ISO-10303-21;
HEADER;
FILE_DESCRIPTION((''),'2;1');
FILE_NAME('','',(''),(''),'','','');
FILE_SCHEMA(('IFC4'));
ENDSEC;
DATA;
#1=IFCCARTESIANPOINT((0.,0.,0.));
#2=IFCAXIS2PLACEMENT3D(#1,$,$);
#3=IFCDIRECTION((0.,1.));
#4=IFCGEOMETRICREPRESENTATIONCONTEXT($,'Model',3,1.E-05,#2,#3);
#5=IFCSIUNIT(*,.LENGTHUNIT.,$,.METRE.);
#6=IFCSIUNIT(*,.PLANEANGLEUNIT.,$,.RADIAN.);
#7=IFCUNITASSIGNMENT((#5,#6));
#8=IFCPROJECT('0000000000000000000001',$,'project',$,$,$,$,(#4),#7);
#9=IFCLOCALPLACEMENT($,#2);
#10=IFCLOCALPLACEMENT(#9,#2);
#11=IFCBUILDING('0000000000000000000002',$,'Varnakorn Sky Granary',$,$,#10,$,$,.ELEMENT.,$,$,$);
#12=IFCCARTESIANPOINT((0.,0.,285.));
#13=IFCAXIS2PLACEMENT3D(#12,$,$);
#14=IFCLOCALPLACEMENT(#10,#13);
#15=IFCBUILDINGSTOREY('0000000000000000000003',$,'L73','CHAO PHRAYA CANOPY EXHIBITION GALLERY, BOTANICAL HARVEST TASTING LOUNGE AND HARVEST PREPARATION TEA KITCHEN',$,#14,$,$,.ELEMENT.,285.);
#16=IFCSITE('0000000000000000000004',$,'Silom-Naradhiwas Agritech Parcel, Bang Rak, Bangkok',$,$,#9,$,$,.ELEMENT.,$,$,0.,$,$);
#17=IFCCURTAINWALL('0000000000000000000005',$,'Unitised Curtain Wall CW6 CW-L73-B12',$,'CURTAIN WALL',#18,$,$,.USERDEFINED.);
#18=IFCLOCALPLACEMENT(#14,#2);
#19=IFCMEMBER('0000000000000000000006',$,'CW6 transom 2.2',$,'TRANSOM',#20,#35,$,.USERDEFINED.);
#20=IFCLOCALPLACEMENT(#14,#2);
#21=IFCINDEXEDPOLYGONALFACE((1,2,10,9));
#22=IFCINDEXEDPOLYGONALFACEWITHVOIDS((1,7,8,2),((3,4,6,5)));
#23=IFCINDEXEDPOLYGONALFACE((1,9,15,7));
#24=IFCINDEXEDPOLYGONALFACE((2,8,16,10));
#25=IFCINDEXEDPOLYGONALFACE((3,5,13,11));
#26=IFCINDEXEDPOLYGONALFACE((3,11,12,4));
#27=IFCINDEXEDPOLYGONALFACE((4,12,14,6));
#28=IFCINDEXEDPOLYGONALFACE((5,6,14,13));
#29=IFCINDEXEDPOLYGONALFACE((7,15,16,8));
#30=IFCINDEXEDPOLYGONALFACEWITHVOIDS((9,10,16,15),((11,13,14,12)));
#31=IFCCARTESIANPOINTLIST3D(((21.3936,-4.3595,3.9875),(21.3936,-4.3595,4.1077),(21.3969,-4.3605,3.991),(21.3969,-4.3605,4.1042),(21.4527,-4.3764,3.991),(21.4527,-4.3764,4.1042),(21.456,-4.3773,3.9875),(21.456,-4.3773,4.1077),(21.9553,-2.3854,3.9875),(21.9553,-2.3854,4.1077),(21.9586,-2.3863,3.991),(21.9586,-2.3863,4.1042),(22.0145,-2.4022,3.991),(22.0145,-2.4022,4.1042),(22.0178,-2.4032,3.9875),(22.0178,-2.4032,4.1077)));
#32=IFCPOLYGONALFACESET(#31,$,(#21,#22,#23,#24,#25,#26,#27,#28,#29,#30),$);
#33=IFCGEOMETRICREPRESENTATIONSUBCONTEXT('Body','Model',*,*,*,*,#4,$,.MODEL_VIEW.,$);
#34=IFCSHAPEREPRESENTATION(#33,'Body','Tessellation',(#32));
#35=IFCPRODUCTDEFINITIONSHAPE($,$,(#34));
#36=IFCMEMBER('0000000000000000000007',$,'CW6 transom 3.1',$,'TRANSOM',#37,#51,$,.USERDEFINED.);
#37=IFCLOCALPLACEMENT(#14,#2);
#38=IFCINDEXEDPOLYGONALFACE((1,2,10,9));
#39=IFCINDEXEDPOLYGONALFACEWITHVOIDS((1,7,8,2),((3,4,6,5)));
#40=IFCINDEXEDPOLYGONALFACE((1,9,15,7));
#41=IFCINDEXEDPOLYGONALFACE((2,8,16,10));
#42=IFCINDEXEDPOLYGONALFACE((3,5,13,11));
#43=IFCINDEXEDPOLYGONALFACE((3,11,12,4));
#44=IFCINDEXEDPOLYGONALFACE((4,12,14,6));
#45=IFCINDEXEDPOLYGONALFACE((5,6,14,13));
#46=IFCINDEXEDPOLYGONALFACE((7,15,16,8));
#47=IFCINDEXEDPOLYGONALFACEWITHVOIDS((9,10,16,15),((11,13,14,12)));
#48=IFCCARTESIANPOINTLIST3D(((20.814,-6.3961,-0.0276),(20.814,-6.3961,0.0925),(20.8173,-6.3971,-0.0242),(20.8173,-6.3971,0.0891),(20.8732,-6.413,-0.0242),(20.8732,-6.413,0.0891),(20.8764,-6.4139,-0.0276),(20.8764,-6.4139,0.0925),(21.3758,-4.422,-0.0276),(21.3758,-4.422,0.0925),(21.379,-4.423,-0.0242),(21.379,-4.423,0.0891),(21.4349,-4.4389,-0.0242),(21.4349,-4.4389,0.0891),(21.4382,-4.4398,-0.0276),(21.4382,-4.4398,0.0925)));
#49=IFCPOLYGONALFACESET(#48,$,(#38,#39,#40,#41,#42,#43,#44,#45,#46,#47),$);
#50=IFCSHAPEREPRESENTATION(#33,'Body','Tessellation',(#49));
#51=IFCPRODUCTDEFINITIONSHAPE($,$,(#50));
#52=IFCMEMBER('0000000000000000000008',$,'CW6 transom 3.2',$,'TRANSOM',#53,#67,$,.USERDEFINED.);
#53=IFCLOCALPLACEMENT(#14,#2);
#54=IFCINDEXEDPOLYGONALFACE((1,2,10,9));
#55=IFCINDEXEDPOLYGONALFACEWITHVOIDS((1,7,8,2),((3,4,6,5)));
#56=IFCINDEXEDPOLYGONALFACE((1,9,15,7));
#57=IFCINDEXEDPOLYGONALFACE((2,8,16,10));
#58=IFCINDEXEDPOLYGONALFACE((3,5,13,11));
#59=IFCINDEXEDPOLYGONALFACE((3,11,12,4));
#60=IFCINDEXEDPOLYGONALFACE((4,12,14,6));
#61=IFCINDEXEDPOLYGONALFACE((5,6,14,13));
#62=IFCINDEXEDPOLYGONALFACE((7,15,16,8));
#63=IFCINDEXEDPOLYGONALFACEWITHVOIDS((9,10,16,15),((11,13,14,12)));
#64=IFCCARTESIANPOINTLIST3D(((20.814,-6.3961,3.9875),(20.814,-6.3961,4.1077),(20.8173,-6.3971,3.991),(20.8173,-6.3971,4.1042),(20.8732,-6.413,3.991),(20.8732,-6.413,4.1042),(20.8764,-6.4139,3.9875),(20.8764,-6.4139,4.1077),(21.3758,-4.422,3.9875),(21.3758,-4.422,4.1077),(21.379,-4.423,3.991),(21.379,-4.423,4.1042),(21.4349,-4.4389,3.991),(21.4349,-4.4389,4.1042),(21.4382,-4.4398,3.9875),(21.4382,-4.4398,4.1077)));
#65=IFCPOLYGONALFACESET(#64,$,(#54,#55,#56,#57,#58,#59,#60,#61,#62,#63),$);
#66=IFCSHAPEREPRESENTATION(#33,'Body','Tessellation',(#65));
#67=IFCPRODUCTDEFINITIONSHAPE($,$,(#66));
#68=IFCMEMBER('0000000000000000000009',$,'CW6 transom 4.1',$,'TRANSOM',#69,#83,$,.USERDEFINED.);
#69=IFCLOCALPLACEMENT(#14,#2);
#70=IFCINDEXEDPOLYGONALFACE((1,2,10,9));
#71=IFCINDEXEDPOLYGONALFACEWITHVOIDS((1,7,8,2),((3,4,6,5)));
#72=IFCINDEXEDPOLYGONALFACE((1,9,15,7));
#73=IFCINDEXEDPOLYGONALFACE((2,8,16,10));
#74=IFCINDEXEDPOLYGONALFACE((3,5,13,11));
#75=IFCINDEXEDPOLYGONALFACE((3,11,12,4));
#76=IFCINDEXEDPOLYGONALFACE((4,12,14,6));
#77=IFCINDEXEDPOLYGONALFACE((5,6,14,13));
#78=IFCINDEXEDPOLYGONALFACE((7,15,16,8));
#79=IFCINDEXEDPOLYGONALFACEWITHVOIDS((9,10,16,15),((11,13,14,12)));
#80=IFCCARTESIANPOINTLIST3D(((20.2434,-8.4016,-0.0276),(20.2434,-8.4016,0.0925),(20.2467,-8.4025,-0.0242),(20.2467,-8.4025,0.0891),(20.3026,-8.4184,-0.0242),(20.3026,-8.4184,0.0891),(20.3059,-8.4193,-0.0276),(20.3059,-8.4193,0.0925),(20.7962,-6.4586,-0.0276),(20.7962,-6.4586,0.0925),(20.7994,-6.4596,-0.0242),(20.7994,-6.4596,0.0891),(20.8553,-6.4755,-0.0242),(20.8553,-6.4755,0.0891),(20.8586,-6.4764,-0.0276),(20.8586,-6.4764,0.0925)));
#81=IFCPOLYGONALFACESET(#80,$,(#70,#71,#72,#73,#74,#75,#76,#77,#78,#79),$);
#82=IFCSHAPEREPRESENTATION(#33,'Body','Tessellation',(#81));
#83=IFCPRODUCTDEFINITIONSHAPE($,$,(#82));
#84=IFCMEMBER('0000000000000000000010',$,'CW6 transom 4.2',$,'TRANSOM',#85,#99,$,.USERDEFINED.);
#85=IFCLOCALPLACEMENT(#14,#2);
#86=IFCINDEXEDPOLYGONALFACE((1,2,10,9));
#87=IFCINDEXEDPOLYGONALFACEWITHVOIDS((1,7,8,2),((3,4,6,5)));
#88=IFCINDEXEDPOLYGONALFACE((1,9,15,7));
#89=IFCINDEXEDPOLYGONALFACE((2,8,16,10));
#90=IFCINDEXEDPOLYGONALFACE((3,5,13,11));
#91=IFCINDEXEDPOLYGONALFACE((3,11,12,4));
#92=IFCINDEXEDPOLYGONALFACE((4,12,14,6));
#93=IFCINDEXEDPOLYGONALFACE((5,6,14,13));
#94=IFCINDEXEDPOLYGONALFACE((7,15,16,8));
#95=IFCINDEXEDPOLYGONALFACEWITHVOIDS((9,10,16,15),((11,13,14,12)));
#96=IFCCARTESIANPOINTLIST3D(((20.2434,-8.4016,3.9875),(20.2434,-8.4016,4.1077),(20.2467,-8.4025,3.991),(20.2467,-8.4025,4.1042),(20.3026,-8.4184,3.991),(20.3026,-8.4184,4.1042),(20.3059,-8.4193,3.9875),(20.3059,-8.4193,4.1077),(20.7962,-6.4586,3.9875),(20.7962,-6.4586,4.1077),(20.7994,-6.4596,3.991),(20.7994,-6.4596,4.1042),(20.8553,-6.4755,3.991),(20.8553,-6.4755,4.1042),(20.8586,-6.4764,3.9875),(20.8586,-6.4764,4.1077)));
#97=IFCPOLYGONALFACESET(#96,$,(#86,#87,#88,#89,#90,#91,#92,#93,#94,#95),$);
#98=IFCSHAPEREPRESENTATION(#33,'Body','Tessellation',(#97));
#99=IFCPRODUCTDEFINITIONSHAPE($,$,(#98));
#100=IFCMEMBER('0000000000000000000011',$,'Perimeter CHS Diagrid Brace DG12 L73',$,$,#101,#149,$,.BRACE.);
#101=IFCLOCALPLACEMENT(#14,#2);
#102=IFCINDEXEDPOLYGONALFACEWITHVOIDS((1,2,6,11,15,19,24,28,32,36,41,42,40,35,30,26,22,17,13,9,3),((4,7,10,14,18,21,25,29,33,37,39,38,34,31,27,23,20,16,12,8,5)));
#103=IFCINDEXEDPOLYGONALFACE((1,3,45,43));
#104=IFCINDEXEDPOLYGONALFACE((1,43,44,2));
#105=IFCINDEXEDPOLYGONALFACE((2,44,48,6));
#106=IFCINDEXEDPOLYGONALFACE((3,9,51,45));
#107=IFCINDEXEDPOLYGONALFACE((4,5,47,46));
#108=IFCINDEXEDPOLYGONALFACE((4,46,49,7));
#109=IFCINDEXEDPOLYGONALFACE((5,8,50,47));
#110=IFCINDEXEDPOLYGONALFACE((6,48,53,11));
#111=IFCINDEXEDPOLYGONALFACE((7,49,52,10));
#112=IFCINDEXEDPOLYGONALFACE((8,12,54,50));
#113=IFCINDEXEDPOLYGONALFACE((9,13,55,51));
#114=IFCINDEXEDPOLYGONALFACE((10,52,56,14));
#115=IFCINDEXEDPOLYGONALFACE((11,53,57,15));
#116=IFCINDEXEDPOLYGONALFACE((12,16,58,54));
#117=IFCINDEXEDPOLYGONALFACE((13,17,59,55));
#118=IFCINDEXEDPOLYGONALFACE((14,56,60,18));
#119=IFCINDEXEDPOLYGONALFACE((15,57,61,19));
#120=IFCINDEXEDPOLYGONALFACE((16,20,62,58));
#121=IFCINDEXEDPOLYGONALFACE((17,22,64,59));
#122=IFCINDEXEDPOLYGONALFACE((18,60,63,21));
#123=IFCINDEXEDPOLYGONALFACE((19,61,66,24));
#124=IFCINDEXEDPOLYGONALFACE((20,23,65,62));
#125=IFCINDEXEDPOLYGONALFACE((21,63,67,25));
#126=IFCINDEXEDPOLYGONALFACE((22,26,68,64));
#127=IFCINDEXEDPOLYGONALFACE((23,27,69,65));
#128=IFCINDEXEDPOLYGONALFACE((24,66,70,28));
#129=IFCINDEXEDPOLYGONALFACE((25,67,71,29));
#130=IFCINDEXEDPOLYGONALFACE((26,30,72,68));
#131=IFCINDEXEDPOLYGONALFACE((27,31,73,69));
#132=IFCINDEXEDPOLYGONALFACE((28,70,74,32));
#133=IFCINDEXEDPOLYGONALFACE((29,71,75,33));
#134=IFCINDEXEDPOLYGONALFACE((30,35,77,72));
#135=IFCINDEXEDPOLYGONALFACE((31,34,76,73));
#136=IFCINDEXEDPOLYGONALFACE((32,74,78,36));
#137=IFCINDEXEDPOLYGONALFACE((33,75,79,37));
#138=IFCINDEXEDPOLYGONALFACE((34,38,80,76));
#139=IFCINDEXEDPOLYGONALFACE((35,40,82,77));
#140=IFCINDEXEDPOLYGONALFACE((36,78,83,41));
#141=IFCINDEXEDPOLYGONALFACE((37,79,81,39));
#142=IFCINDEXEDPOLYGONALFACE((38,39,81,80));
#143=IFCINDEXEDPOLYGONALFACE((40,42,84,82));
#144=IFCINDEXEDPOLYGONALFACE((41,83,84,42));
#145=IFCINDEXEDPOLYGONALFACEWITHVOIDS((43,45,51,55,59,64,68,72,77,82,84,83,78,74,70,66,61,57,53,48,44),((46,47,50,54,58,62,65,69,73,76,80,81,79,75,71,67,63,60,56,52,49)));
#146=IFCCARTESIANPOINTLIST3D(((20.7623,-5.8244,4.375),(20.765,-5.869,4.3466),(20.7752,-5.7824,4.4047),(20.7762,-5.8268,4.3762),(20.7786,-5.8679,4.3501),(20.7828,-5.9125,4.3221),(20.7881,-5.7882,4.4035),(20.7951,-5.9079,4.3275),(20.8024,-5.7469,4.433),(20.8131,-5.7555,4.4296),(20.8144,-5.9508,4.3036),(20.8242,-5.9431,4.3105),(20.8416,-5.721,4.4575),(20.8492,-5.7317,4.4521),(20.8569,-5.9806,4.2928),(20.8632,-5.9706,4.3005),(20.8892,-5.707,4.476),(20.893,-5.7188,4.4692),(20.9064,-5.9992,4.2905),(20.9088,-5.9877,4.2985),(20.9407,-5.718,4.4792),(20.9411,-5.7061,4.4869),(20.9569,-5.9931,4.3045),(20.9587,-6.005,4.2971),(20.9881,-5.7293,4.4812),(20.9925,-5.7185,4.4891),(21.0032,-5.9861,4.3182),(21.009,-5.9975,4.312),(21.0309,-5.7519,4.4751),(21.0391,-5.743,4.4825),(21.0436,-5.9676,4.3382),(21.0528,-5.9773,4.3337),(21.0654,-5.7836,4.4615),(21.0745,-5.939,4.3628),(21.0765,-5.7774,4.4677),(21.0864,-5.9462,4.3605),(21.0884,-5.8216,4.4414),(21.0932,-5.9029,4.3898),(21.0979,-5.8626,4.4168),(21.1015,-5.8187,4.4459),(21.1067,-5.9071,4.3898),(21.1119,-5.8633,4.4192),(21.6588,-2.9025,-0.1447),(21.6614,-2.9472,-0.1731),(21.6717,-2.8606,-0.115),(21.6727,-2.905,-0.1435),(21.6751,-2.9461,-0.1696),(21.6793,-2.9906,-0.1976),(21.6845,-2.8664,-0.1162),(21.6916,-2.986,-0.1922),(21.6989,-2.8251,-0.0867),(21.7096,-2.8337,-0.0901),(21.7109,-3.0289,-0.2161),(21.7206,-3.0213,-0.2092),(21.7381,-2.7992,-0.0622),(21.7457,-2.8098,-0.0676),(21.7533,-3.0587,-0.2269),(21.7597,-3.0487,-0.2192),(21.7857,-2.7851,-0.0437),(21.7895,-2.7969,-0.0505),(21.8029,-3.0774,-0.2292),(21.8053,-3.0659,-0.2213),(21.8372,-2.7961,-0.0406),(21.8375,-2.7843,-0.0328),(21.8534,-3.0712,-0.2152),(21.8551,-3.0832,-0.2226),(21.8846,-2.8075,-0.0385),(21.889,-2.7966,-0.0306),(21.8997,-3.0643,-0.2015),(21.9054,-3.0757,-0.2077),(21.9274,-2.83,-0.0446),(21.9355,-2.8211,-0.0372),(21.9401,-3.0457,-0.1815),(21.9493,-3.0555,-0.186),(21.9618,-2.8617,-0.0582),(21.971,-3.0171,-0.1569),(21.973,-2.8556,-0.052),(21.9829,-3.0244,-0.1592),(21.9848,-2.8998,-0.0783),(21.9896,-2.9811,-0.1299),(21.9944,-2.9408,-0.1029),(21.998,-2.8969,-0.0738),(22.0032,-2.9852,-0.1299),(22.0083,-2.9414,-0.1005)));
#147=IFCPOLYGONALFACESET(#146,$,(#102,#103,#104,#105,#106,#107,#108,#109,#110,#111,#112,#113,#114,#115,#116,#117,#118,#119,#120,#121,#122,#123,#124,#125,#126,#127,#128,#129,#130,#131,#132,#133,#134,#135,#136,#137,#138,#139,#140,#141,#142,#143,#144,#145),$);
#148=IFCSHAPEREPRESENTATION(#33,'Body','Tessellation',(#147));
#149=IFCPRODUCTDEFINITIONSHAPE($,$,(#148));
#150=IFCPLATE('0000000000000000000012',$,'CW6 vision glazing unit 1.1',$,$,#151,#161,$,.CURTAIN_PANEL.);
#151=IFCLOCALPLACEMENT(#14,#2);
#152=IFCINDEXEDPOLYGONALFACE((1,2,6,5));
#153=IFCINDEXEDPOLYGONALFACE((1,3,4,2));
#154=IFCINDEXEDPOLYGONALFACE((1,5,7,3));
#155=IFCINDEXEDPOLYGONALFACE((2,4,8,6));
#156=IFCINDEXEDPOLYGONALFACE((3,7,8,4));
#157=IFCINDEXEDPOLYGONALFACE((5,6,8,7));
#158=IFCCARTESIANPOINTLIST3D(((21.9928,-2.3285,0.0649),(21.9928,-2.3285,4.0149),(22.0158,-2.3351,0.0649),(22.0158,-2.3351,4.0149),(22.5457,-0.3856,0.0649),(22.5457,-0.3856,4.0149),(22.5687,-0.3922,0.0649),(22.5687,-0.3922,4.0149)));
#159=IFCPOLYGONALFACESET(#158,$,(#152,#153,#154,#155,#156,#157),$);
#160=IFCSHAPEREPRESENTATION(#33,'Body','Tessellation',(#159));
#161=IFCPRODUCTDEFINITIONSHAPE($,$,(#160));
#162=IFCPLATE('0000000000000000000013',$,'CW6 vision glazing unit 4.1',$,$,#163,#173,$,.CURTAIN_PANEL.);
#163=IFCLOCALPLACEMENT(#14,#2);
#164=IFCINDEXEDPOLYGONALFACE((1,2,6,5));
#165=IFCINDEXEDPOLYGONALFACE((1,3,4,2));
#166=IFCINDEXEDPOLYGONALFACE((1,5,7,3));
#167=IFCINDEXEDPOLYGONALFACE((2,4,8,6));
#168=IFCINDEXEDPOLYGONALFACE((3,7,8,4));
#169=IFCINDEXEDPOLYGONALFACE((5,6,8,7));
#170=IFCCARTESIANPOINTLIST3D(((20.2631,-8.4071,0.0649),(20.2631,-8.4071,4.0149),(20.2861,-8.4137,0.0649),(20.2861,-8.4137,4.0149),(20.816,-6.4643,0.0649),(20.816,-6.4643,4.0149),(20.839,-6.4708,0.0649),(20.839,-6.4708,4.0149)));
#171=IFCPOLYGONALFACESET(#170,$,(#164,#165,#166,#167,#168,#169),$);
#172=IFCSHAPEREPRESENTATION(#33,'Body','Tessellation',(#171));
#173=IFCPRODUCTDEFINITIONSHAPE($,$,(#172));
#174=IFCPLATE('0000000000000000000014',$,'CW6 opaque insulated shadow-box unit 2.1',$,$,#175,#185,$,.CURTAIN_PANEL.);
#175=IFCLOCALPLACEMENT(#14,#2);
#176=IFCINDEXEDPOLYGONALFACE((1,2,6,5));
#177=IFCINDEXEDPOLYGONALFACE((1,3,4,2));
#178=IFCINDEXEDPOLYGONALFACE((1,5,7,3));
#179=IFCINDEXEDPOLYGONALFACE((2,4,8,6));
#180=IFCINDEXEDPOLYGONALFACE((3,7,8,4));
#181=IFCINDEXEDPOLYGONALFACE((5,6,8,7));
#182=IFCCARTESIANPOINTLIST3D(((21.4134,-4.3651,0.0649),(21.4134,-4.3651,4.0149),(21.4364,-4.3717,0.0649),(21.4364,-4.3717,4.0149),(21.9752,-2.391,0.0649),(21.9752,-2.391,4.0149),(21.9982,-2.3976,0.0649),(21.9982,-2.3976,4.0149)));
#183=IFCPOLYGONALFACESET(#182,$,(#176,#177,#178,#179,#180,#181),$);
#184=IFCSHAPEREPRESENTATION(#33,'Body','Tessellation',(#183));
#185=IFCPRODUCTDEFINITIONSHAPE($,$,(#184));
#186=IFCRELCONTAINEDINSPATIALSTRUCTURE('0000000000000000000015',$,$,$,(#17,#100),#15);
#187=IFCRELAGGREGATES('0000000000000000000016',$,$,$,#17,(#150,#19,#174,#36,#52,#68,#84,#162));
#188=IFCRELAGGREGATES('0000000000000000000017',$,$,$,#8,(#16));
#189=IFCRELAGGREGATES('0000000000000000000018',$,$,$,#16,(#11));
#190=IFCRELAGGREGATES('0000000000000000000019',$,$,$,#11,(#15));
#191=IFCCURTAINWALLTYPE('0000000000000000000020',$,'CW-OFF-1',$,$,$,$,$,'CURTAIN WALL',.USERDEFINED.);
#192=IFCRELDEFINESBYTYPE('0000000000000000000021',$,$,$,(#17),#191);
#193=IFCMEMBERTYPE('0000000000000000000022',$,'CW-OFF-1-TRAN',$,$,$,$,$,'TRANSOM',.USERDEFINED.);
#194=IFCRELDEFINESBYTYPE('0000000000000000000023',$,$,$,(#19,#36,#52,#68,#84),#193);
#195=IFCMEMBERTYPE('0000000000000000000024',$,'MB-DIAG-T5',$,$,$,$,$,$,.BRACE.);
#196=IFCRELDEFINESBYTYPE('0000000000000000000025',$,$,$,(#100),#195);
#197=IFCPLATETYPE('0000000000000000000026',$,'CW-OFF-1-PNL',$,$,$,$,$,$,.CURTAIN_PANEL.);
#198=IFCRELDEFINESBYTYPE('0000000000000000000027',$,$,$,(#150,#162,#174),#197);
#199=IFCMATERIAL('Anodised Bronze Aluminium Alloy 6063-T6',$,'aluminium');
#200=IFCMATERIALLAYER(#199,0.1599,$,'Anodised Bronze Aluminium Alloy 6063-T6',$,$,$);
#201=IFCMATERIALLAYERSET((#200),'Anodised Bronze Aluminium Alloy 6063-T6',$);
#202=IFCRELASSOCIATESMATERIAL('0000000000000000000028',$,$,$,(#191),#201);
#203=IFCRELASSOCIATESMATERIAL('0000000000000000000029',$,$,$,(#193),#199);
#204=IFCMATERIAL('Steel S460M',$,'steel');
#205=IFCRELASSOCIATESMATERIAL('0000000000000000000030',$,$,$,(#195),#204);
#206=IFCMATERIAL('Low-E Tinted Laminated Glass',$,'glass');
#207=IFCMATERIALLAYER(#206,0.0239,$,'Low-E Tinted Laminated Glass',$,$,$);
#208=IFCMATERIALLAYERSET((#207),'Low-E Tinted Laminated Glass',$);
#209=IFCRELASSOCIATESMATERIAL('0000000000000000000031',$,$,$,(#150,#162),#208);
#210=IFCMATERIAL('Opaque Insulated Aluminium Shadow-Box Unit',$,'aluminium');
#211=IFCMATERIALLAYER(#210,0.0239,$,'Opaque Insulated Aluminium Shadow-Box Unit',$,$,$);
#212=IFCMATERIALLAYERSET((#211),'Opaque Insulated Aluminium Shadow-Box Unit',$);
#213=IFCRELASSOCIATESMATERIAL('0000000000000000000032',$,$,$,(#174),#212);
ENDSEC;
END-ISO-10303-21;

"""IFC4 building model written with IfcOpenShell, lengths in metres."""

from ifc_helpers import new_model, si_unit, direction, frame, origin, origin_2d, place, context, subcontext, project, spatial, rectangle, hollow_rectangle, hollow_circle, extrude, source, transform, mapped, material, layer, layer_set, material_profile, profile_set, type_object, type_shapes, element, aggregate, save


model = new_model("IFC4")

# Units and contexts
model_context = context("Model", 3, precision=1e-05, world=origin(), true_north=direction((0.0, 1.0)))
body_context = subcontext(model_context, "Body", "Model", "MODEL_VIEW")
ifc_project = project(units=[si_unit("LENGTHUNIT", "METRE"), si_unit("PLANEANGLEUNIT", "RADIAN")], contexts=[model_context])

# Site, building, storey
site_placement = place(None, origin())
site = spatial("IfcSite", under=ifc_project, at=site_placement, Name="Silom-Naradhiwas Agritech Parcel, Bang Rak, Bangkok", CompositionType="ELEMENT", RefElevation=0.0)
building_placement = place(site_placement, origin())
building = spatial("IfcBuilding", under=site, at=building_placement, Name="Varnakorn Sky Granary", CompositionType="ELEMENT")
storey_placement = place(building_placement, frame((0.0, 0.0, 285.0)))
storey = spatial("IfcBuildingStorey", under=building, at=storey_placement, Name="L73", Description="CHAO PHRAYA CANOPY EXHIBITION GALLERY, BOTANICAL HARVEST TASTING LOUNGE AND HARVEST PREPARATION TEA KITCHEN", CompositionType="ELEMENT", Elevation=285.0)

# Curtain wall, members
ifc_material_1 = material(Name="Anodised Bronze Aluminium Alloy 6063-T6", Category="aluminium")
ifc_layer_1 = layer(ifc_material_1, 0.1599, Name="Anodised Bronze Aluminium Alloy 6063-T6")
ifc_layer_set_1 = layer_set([ifc_layer_1], Name="Anodised Bronze Aluminium Alloy 6063-T6")
curtain_wall_type = type_object("IfcCurtainWallType", Name="CW-OFF-1", ElementType="CURTAIN WALL", PredefinedType="USERDEFINED", material=ifc_layer_set_1)
curtain_wall_placement = place(storey_placement, origin())
curtain_wall = element("IfcCurtainWall", 1, at=curtain_wall_placement, inside=storey, type_object=curtain_wall_type, Name="Unitised Curtain Wall CW6 CW-L73-B12", ObjectType="CURTAIN WALL", PredefinedType="USERDEFINED")
ifc_material_profile_1 = material_profile(ifc_material_1, hollow_rectangle(XDim=0.0649, YDim=0.1201, WallThickness=0.0034, at=origin_2d()), Name="ALU TRAN 65x120")
ifc_profile_set_1 = profile_set([ifc_material_profile_1], Name="Anodised Bronze Aluminium Alloy 6063-T6")
member_type_1 = type_object("IfcMemberType", Name="CW-OFF-1-TRAN", ElementType="TRANSOM", PredefinedType="USERDEFINED", material=ifc_profile_set_1)
member_1_placement = place(storey_placement, frame((21.9866, -2.3943, 4.0476), z_axis=(-0.2737, -0.961815, 0.0), x_axis=(0.961815, -0.2737, 0.0)))
member_1 = element("IfcMember", 2, at=member_1_placement, type_object=member_type_1, Name="CW6 transom 2.2", ObjectType="TRANSOM", PredefinedType="USERDEFINED", context=body_context, shape_type="SweptSolid", body=[
    extrude(hollow_rectangle(XDim=0.0649, YDim=0.1201, WallThickness=0.0034, at=origin_2d()), origin(), (0.0, 0.0, 1.0), 2.0525),
])
member_2_placement = place(storey_placement, frame((21.407, -4.4309, 0.0325), z_axis=(-0.2737, -0.961815, 0.0), x_axis=(0.961815, -0.2737, 0.0)))
member_2 = element("IfcMember", 3, at=member_2_placement, type_object=member_type_1, Name="CW6 transom 3.1", ObjectType="TRANSOM", PredefinedType="USERDEFINED", context=body_context, shape_type="SweptSolid", body=[
    extrude(hollow_rectangle(XDim=0.0649, YDim=0.1201, WallThickness=0.0034, at=origin_2d()), origin(), (0.0, 0.0, 1.0), 2.0525),
])
member_3_placement = place(storey_placement, frame((21.407, -4.4309, 4.0476), z_axis=(-0.2737, -0.961815, 0.0), x_axis=(0.961815, -0.2737, 0.0)))
member_3 = element("IfcMember", 4, at=member_3_placement, type_object=member_type_1, Name="CW6 transom 3.2", ObjectType="TRANSOM", PredefinedType="USERDEFINED", context=body_context, shape_type="SweptSolid", body=[
    extrude(hollow_rectangle(XDim=0.0649, YDim=0.1201, WallThickness=0.0034, at=origin_2d()), origin(), (0.0, 0.0, 1.0), 2.0525),
])
member_4_placement = place(storey_placement, frame((20.8274, -6.4675, 0.0325), z_axis=(-0.273635, -0.961833, 0.0), x_axis=(0.961833, -0.273635, 0.0)))
member_4 = element("IfcMember", 5, at=member_4_placement, type_object=member_type_1, Name="CW6 transom 4.1", ObjectType="TRANSOM", PredefinedType="USERDEFINED", context=body_context, shape_type="SweptSolid", body=[
    extrude(hollow_rectangle(XDim=0.0649, YDim=0.1201, WallThickness=0.0034, at=origin_2d()), origin(), (0.0, 0.0, 1.0), 2.02),
])
member_5_placement = place(storey_placement, frame((20.8274, -6.4675, 4.0476), z_axis=(-0.273635, -0.961833, 0.0), x_axis=(0.961833, -0.273635, 0.0)))
member_5 = element("IfcMember", 6, at=member_5_placement, type_object=member_type_1, Name="CW6 transom 4.2", ObjectType="TRANSOM", PredefinedType="USERDEFINED", context=body_context, shape_type="SweptSolid", body=[
    extrude(hollow_rectangle(XDim=0.0649, YDim=0.1201, WallThickness=0.0034, at=origin_2d()), origin(), (0.0, 0.0, 1.0), 2.02),
])

# Member
ifc_material_2 = material(Name="Steel S460M", Category="steel")
ifc_material_profile_2 = material_profile(ifc_material_2, hollow_circle(Radius=0.1777, WallThickness=0.0142, at=origin_2d()), Name="CHS 355.6x14")
ifc_profile_set_2 = profile_set([ifc_material_profile_2], Name="Steel S460M")
member_type_2 = type_object("IfcMemberType", Name="MB-DIAG-T5", PredefinedType="BRACE", material=ifc_profile_set_2)
member_6_placement = place(storey_placement, frame((21.8333, -2.9331, -0.1299), z_axis=(-0.164308, -0.535521, 0.828384), x_axis=(0.956014, -0.293322, 0.0)))
element("IfcMember", 7, at=member_6_placement, inside=storey, type_object=member_type_2, Name="Perimeter CHS Diagrid Brace DG12 L73", PredefinedType="BRACE", context=body_context, shape_type="SweptSolid", body=[
    extrude(hollow_circle(Radius=0.1777, WallThickness=0.0142, at=origin_2d()), origin(), (0.0, 0.0, 1.0), 5.4561),
])

# Plates
ifc_material_3 = material(Name="Low-E Tinted Laminated Glass", Category="glass")
ifc_layer_2 = layer(ifc_material_3, 0.0239, Name="Low-E Tinted Laminated Glass")
ifc_layer_set_2 = layer_set([ifc_layer_2], Name="Low-E Tinted Laminated Glass")
plate_type = type_object("IfcPlateType", Name="CW-OFF-1-PNL", PredefinedType="CURTAIN_PANEL")
shared_shape_1 = source(origin(), body_context, "Body", "SweptSolid", [
    extrude(rectangle(XDim=2.02, YDim=0.0239, at=origin_2d()), origin(), (0.0, 0.0, 1.0), 3.95),
])
plate_1_placement = place(storey_placement, frame((22.2808, -1.3604, 0.0649), z_axis=(0.0, 0.0, 1.0), x_axis=(-0.273709, -0.961813, 0.0)))
plate_1 = element("IfcPlate", 8, at=plate_1_placement, type_object=plate_type, material=ifc_layer_set_2, Name="CW6 vision glazing unit 1.1", PredefinedType="CURTAIN_PANEL", context=body_context, shape_type="MappedRepresentation", body=[
    mapped(shared_shape_1, transform((0.0, 0.0, 0.0), x_axis=(1.0, 0.0, 0.0), y_axis=(0.0, 1.0, 0.0), z_axis=(0.0, 0.0, 1.0), scale=1.0)),
])
plate_2_placement = place(storey_placement, frame((20.551, -7.439, 0.0649), z_axis=(0.0, 0.0, 1.0), x_axis=(-0.273709, -0.961813, 0.0)))
plate_2 = element("IfcPlate", 9, at=plate_2_placement, type_object=plate_type, material=ifc_layer_set_2, Name="CW6 vision glazing unit 4.1", PredefinedType="CURTAIN_PANEL", context=body_context, shape_type="MappedRepresentation", body=[
    mapped(shared_shape_1, transform((0.0, 0.0, 0.0), x_axis=(1.0, 0.0, 0.0), y_axis=(0.0, 1.0, 0.0), z_axis=(0.0, 0.0, 1.0), scale=1.0)),
])
ifc_material_4 = material(Name="Opaque Insulated Aluminium Shadow-Box Unit", Category="aluminium")
ifc_layer_3 = layer(ifc_material_4, 0.0239, Name="Opaque Insulated Aluminium Shadow-Box Unit")
ifc_layer_set_3 = layer_set([ifc_layer_3], Name="Opaque Insulated Aluminium Shadow-Box Unit")
shared_shape_2 = source(origin(), body_context, "Body", "SweptSolid", [
    extrude(rectangle(XDim=2.0525, YDim=0.0239, at=origin_2d()), origin(), (0.0, 0.0, 1.0), 3.95),
])
type_shapes(plate_type, [shared_shape_1, shared_shape_2])
plate_3_placement = place(storey_placement, frame((21.7058, -3.3813, 0.0649), z_axis=(0.0, 0.0, 1.0), x_axis=(-0.273709, -0.961813, 0.0)))
plate_3 = element("IfcPlate", 10, at=plate_3_placement, type_object=plate_type, material=ifc_layer_set_3, Name="CW6 opaque insulated shadow-box unit 2.1", PredefinedType="CURTAIN_PANEL", context=body_context, shape_type="MappedRepresentation", body=[
    mapped(shared_shape_2, transform((0.0, 0.0, 0.0), x_axis=(1.0, 0.0, 0.0), y_axis=(0.0, 1.0, 0.0), z_axis=(0.0, 0.0, 1.0), scale=1.0)),
])
aggregate(curtain_wall, [plate_1, member_1, plate_3, member_2, member_3, member_4, member_5, plate_2])

save(model, "model.ifc")
